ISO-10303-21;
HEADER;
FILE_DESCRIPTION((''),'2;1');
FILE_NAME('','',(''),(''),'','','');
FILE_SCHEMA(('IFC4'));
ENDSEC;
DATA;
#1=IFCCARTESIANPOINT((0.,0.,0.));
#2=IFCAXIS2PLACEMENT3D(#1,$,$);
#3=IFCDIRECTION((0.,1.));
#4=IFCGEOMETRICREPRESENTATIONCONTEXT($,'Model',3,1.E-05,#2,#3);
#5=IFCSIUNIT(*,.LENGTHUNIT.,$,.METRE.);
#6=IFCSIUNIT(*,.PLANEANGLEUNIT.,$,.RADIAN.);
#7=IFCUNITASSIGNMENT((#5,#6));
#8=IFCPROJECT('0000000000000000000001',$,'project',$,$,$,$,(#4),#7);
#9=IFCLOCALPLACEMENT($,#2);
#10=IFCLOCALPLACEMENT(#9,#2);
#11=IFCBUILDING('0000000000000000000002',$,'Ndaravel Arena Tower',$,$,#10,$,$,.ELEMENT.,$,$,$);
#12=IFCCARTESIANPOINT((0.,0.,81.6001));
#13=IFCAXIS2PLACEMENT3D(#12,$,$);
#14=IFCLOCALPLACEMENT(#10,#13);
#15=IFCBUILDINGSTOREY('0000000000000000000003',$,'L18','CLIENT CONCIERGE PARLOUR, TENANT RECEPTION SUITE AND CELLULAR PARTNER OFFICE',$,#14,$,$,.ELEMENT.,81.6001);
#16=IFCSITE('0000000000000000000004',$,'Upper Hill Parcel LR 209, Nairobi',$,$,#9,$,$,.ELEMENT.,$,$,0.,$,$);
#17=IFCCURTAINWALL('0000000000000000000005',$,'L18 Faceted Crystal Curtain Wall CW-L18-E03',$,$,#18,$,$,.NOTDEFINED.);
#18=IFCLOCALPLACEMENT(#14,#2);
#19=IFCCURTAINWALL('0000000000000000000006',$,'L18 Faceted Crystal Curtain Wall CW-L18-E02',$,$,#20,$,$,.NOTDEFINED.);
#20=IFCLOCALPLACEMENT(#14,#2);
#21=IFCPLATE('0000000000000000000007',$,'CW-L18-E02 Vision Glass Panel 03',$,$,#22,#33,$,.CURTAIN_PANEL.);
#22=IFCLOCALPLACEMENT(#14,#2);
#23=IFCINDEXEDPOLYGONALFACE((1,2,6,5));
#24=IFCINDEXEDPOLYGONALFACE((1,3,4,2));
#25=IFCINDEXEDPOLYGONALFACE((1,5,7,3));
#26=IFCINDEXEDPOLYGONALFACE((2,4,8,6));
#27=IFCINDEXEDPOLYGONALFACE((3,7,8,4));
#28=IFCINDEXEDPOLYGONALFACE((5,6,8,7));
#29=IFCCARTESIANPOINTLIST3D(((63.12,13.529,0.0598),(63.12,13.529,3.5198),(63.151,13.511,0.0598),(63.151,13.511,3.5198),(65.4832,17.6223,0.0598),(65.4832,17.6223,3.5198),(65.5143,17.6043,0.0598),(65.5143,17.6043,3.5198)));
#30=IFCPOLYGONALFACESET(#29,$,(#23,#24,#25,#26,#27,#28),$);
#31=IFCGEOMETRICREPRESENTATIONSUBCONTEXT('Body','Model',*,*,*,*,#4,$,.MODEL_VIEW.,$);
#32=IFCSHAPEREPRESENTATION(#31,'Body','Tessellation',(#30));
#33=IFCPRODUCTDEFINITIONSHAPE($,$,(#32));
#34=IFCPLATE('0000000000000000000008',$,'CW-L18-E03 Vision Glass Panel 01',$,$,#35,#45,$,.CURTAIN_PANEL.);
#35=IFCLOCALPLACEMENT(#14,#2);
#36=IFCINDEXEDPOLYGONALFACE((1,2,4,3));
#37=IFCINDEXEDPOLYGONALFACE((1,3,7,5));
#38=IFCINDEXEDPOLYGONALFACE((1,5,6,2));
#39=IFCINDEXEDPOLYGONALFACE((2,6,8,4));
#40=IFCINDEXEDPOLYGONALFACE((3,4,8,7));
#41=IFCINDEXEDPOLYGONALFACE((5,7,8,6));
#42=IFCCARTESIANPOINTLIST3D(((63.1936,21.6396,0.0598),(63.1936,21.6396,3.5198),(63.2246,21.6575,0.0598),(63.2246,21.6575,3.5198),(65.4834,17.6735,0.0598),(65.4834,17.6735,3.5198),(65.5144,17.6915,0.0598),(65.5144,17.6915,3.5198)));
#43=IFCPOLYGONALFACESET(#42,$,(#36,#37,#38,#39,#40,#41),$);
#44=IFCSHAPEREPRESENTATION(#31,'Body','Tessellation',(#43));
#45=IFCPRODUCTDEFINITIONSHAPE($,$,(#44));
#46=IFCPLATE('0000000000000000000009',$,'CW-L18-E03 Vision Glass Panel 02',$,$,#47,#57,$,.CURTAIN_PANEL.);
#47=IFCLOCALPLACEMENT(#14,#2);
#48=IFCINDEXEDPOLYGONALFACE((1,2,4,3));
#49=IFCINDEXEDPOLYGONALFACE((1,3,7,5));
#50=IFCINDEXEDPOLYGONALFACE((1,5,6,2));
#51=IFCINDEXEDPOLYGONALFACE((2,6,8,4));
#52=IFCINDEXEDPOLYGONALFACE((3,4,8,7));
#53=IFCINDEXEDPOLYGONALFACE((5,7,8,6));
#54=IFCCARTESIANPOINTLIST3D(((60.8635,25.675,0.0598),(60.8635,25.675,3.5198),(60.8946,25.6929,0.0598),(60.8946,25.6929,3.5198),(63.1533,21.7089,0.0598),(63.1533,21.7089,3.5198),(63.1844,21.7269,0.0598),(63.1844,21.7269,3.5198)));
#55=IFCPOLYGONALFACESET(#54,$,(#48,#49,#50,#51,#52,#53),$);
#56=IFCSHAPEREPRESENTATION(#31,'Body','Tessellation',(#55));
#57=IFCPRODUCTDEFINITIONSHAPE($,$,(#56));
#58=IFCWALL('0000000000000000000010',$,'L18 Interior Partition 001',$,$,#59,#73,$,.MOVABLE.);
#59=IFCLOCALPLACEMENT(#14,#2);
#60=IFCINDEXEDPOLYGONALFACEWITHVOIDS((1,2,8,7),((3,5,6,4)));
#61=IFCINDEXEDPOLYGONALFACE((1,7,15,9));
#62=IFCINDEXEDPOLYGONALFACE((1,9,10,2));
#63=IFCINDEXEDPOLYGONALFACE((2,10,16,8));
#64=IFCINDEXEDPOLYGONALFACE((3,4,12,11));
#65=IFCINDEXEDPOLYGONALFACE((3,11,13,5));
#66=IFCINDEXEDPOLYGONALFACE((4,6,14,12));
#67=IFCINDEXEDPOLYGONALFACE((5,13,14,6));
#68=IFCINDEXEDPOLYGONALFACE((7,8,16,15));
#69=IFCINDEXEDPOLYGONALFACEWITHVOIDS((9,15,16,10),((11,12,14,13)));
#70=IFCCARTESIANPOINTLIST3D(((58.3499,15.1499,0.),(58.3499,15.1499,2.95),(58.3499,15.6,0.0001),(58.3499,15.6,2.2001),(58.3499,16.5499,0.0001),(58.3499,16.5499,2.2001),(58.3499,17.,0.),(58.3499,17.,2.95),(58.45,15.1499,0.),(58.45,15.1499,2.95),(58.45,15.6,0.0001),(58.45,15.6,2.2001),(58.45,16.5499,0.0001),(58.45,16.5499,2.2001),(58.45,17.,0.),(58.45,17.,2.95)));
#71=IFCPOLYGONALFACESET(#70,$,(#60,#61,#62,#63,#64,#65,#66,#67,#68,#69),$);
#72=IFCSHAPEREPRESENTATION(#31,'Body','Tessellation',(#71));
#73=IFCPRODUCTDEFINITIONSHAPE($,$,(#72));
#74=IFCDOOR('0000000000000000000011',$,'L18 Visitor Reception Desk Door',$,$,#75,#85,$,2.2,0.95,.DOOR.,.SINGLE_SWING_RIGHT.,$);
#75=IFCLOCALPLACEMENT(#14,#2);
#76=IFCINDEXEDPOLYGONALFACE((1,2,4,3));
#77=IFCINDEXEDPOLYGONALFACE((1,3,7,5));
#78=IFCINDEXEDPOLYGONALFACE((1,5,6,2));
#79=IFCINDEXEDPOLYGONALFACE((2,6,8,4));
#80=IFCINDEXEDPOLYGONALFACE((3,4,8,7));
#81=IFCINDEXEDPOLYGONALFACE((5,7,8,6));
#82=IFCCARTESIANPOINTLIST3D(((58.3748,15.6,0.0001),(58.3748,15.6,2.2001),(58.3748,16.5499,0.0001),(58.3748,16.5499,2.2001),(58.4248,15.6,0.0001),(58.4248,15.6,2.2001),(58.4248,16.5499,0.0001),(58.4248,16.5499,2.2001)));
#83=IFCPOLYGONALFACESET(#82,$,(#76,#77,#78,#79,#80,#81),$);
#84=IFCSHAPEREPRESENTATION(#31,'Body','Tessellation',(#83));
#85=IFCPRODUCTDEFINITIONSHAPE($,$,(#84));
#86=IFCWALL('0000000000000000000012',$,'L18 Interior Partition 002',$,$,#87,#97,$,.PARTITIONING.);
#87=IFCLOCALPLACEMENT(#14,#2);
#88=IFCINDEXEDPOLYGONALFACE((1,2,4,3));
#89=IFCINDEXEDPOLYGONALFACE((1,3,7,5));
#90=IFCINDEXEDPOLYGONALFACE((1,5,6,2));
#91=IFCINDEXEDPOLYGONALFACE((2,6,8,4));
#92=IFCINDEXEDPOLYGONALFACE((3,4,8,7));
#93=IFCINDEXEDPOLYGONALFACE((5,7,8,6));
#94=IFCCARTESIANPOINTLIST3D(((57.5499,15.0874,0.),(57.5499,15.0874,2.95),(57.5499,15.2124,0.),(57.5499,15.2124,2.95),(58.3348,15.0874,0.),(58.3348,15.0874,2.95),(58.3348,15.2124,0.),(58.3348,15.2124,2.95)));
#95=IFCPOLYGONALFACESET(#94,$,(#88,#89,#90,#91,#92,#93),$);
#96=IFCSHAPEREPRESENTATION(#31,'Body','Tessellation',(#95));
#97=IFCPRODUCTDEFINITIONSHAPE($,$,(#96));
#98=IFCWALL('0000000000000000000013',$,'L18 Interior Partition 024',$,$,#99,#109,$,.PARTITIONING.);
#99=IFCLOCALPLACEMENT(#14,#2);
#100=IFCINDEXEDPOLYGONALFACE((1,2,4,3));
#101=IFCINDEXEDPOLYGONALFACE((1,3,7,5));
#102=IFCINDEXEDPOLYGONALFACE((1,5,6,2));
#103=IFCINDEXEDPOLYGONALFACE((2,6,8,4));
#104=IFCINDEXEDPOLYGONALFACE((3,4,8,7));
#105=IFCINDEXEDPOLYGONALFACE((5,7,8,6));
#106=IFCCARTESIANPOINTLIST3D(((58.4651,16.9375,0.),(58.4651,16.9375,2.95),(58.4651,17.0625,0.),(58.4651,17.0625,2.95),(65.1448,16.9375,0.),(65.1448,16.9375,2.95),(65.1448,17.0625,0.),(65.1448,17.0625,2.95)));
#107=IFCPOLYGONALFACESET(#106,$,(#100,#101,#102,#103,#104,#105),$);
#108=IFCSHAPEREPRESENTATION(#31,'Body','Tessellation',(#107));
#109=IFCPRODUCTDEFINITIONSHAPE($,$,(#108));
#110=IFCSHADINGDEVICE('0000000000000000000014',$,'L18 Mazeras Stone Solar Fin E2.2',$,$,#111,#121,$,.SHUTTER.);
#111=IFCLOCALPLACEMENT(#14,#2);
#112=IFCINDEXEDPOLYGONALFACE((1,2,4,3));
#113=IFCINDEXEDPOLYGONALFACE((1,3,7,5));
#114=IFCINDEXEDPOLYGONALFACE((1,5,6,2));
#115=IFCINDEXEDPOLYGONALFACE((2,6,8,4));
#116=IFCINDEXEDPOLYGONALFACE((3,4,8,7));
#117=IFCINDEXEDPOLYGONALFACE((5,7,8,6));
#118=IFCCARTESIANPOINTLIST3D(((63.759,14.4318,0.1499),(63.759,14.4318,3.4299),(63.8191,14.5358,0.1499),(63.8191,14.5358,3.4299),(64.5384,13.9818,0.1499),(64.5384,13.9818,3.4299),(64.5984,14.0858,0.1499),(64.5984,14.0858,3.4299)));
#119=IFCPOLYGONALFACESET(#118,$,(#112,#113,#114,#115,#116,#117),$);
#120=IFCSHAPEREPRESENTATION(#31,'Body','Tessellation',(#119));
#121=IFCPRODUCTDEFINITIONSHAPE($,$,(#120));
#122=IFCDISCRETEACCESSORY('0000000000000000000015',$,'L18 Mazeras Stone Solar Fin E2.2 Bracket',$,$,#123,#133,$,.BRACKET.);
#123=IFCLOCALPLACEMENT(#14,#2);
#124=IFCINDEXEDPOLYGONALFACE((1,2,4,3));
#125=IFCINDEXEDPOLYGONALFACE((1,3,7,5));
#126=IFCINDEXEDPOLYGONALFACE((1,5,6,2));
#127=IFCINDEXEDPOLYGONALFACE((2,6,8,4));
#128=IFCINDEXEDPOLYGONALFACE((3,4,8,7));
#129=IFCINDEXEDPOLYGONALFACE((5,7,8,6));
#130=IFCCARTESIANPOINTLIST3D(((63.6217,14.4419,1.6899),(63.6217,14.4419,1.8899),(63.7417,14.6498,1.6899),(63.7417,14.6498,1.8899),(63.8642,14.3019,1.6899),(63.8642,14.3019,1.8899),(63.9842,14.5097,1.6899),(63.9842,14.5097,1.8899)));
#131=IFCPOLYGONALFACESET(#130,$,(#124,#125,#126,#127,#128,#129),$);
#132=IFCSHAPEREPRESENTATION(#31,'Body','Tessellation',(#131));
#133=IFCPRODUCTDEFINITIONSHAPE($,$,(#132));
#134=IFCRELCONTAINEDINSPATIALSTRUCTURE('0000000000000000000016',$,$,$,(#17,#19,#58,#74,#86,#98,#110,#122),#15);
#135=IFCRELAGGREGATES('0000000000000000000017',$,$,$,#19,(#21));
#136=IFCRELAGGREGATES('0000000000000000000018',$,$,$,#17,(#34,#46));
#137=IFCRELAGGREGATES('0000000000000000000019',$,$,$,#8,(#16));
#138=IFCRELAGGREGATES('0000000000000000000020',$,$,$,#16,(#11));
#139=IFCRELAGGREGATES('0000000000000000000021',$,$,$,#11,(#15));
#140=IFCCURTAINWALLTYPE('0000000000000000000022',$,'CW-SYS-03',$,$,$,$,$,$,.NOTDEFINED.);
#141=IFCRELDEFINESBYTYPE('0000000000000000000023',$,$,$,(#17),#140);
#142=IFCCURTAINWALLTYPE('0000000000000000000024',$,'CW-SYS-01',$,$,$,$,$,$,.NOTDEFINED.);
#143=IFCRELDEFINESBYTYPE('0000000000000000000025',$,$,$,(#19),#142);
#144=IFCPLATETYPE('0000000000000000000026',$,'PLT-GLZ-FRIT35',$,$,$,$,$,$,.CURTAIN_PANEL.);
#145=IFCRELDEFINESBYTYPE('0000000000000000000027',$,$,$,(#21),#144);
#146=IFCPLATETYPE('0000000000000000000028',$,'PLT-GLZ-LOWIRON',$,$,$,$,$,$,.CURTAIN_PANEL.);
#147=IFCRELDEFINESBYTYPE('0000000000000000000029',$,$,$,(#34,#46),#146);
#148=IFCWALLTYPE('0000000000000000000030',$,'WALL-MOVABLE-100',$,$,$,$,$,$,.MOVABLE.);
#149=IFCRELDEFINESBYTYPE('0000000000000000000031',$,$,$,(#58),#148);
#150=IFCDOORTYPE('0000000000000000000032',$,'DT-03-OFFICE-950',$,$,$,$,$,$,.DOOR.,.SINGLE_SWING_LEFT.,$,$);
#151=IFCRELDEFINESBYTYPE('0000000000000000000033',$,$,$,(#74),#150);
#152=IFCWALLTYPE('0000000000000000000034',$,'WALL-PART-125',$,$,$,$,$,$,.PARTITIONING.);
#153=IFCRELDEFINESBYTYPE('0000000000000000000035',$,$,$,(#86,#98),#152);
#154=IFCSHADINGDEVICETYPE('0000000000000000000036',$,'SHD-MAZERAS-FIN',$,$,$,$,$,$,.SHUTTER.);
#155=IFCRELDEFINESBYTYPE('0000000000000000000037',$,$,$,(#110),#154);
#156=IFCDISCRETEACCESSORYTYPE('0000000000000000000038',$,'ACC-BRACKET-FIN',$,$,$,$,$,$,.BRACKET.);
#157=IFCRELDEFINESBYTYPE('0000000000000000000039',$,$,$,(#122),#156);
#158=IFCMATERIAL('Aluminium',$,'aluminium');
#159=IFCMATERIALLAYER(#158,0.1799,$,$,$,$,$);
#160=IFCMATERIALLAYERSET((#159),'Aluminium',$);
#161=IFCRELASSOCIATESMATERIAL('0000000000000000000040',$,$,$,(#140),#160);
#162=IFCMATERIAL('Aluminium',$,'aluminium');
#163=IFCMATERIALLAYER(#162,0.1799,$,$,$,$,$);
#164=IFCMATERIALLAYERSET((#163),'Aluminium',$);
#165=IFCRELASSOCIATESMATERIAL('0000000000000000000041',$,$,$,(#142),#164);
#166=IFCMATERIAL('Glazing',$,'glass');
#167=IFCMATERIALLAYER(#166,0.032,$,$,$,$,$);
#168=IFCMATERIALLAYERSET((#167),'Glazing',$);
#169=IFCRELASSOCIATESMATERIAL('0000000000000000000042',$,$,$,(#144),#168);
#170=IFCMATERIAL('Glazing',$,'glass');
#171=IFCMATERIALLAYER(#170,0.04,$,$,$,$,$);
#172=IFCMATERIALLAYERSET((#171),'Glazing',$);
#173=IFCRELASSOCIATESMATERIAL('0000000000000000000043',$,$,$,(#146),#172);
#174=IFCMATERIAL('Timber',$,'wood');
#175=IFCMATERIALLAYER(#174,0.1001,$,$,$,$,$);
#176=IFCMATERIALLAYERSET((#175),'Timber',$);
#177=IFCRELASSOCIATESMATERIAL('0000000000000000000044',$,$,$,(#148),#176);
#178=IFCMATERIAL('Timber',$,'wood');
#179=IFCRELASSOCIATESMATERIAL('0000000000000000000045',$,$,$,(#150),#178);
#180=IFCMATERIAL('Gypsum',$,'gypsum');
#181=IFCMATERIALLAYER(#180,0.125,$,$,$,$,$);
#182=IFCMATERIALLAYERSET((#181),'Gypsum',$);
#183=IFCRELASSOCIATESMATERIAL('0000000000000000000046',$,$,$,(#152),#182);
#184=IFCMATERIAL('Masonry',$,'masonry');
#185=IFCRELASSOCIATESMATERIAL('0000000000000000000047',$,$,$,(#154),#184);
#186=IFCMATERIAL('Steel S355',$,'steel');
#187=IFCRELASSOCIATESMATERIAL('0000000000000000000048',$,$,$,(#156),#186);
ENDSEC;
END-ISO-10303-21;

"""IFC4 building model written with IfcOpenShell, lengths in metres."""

from ifc_helpers import new_model, si_unit, direction, frame, frame_2d, origin, origin_2d, place, context, subcontext, project, spatial, rectangle, extrude, material, layer, layer_set, type_object, element, fill, aggregate, save


model = new_model("IFC4")

# Units and contexts
model_context = context("Model", 3, precision=1e-05, world=origin(), true_north=direction((0.0, 1.0)))
body_context = subcontext(model_context, "Body", "Model", "MODEL_VIEW")
ifc_project = project(units=[si_unit("LENGTHUNIT", "METRE"), si_unit("PLANEANGLEUNIT", "RADIAN")], contexts=[model_context])

# Site, building, storey
site_placement = place(None, origin())
site = spatial("IfcSite", under=ifc_project, at=site_placement, Name="Upper Hill Parcel LR 209, Nairobi", CompositionType="ELEMENT", RefElevation=0.0)
building_placement = place(site_placement, origin())
building = spatial("IfcBuilding", under=site, at=building_placement, Name="Ndaravel Arena Tower", CompositionType="ELEMENT")
storey_placement = place(building_placement, frame((0.0, 0.0, 81.6001)))
storey = spatial("IfcBuildingStorey", under=building, at=storey_placement, Name="L18", Description="CLIENT CONCIERGE PARLOUR, TENANT RECEPTION SUITE AND CELLULAR PARTNER OFFICE", CompositionType="ELEMENT", Elevation=81.6001)

# Curtain wall
ifc_material_1 = material(Name="Aluminium", Category="aluminium")
ifc_layer_1 = layer(ifc_material_1, 0.1799)
ifc_layer_set_1 = layer_set([ifc_layer_1], Name="Aluminium")
curtain_wall_type_1 = type_object("IfcCurtainWallType", Name="CW-SYS-03", PredefinedType="NOTDEFINED", material=ifc_layer_set_1)
curtain_wall_1_placement = place(storey_placement, origin())
curtain_wall_1 = element("IfcCurtainWall", 1, at=curtain_wall_1_placement, inside=storey, type_object=curtain_wall_type_1, Name="L18 Faceted Crystal Curtain Wall CW-L18-E03", PredefinedType="NOTDEFINED")

# Curtain wall, plate
ifc_material_2 = material(Name="Aluminium", Category="aluminium")
ifc_layer_2 = layer(ifc_material_2, 0.1799)
ifc_layer_set_2 = layer_set([ifc_layer_2], Name="Aluminium")
curtain_wall_type_2 = type_object("IfcCurtainWallType", Name="CW-SYS-01", PredefinedType="NOTDEFINED", material=ifc_layer_set_2)
curtain_wall_2_placement = place(storey_placement, origin())
curtain_wall_2 = element("IfcCurtainWall", 2, at=curtain_wall_2_placement, inside=storey, type_object=curtain_wall_type_2, Name="L18 Faceted Crystal Curtain Wall CW-L18-E02", PredefinedType="NOTDEFINED")
ifc_material_3 = material(Name="Glazing", Category="glass")
ifc_layer_3 = layer(ifc_material_3, 0.032)
ifc_layer_set_3 = layer_set([ifc_layer_3], Name="Glazing")
plate_type_1 = type_object("IfcPlateType", Name="PLT-GLZ-FRIT35", PredefinedType="CURTAIN_PANEL", material=ifc_layer_set_3)
plate_1_placement = place(storey_placement, frame((64.3171, 15.5667, 0.0598), z_axis=(0.0, 0.0, 1.0), x_axis=(0.5, 0.866025, 0.0)))
plate_1 = element("IfcPlate", 3, at=plate_1_placement, type_object=plate_type_1, Name="CW-L18-E02 Vision Glass Panel 03", PredefinedType="CURTAIN_PANEL", context=body_context, shape_type="SweptSolid", body=[
    extrude(rectangle(XDim=4.7266, YDim=0.0359, at=origin_2d()), origin(), (0.0, 0.0, 1.0), 3.46),
])
aggregate(curtain_wall_2, [plate_1])

# Plates
ifc_material_4 = material(Name="Glazing", Category="glass")
ifc_layer_4 = layer(ifc_material_4, 0.04)
ifc_layer_set_4 = layer_set([ifc_layer_4], Name="Glazing")
plate_type_2 = type_object("IfcPlateType", Name="PLT-GLZ-LOWIRON", PredefinedType="CURTAIN_PANEL", material=ifc_layer_set_4)
plate_2_placement = place(storey_placement, frame((64.354, 19.6655, 0.0598), z_axis=(0.0, 0.0, 1.0), x_axis=(-0.5, 0.866025, 0.0)))
plate_2 = element("IfcPlate", 4, at=plate_2_placement, type_object=plate_type_2, Name="CW-L18-E03 Vision Glass Panel 01", PredefinedType="CURTAIN_PANEL", context=body_context, shape_type="SweptSolid", body=[
    extrude(rectangle(XDim=4.5796, YDim=0.0359, at=origin_2d()), origin(), (0.0, 0.0, 1.0), 3.46),
])
plate_3_placement = place(storey_placement, frame((62.0239, 23.7009, 0.0598), z_axis=(0.0, 0.0, 1.0), x_axis=(-0.5, 0.866025, 0.0)))
plate_3 = element("IfcPlate", 5, at=plate_3_placement, type_object=plate_type_2, Name="CW-L18-E03 Vision Glass Panel 02", PredefinedType="CURTAIN_PANEL", context=body_context, shape_type="SweptSolid", body=[
    extrude(rectangle(XDim=4.5796, YDim=0.0359, at=origin_2d()), origin(), (0.0, 0.0, 1.0), 3.46),
])
aggregate(curtain_wall_1, [plate_2, plate_3])

# Wall, opening, door
ifc_material_5 = material(Name="Timber", Category="wood")
ifc_layer_5 = layer(ifc_material_5, 0.1001)
ifc_layer_set_5 = layer_set([ifc_layer_5], Name="Timber")
wall_type_1 = type_object("IfcWallType", Name="WALL-MOVABLE-100", PredefinedType="MOVABLE", material=ifc_layer_set_5)
wall_1_placement = place(storey_placement, frame((58.3999, 17.0, 0.0), z_axis=(0.0, 0.0, 1.0), x_axis=(0.0, -1.0, 0.0)))
wall_1 = element("IfcWall", 6, at=wall_1_placement, inside=storey, type_object=wall_type_1, Name="L18 Interior Partition 001", PredefinedType="MOVABLE", context=body_context, shape_type="SweptSolid", body=[
    extrude(rectangle(XDim=1.8501, YDim=0.1001, at=frame_2d((0.925, 0.0))), origin(), (0.0, 0.0, 1.0), 2.95),
])
opening_placement = place(wall_1_placement, frame((0.45, 0.0, 0.0)))
opening = element("IfcOpeningElement", 7, at=opening_placement, cuts=wall_1, PredefinedType="OPENING", context=body_context, shape_type="SweptSolid", body=[
    extrude(rectangle(XDim=0.95, YDim=2.2, at=frame_2d((0.4751, 1.1001))), frame((0.0, 0.05, 0.0), z_axis=(0.0, -1.0, 0.0), x_axis=(1.0, 0.0, 0.0)), (0.0, 0.0, 1.0), 0.1001),
])
ifc_material_6 = material(Name="Timber", Category="wood")
door_type = type_object("IfcDoorType", Name="DT-03-OFFICE-950", OperationType="SINGLE_SWING_LEFT", PredefinedType="DOOR", material=ifc_material_6)
door_placement = place(opening_placement, origin())
door = element("IfcDoor", 8, at=door_placement, inside=storey, type_object=door_type, Name="L18 Visitor Reception Desk Door", OperationType="SINGLE_SWING_RIGHT", OverallHeight=2.2, OverallWidth=0.95, PredefinedType="DOOR", context=body_context, shape_type="SweptSolid", body=[
    extrude(rectangle(XDim=0.95, YDim=2.2, at=frame_2d((0.4751, 1.1001))), frame((0.0, 0.0249, 0.0), z_axis=(0.0, -1.0, 0.0), x_axis=(1.0, 0.0, 0.0)), (0.0, 0.0, 1.0), 0.05),
])
fill(opening, door)

# Walls
ifc_material_7 = material(Name="Gypsum", Category="gypsum")
ifc_layer_6 = layer(ifc_material_7, 0.125)
ifc_layer_set_6 = layer_set([ifc_layer_6], Name="Gypsum")
wall_type_2 = type_object("IfcWallType", Name="WALL-PART-125", PredefinedType="PARTITIONING", material=ifc_layer_set_6)
wall_2_placement = place(storey_placement, frame((58.335, 15.1499, 0.0), z_axis=(0.0, 0.0, 1.0), x_axis=(-1.0, 0.0, 0.0)))
element("IfcWall", 9, at=wall_2_placement, inside=storey, type_object=wall_type_2, Name="L18 Interior Partition 002", PredefinedType="PARTITIONING", context=body_context, shape_type="SweptSolid", body=[
    extrude(rectangle(XDim=0.7849, YDim=0.125, at=frame_2d((0.3926, 0.0))), origin(), (0.0, 0.0, 1.0), 2.95),
])
wall_3_placement = place(storey_placement, frame((58.4651, 17.0, 0.0), z_axis=(0.0, 0.0, 1.0), x_axis=(1.0, 0.0, 0.0)))
element("IfcWall", 10, at=wall_3_placement, inside=storey, type_object=wall_type_2, Name="L18 Interior Partition 024", PredefinedType="PARTITIONING", context=body_context, shape_type="SweptSolid", body=[
    extrude(rectangle(XDim=6.6797, YDim=0.125, at=frame_2d((3.3398, 0.0))), origin(), (0.0, 0.0, 1.0), 2.95),
])

# Shading device
ifc_material_8 = material(Name="Masonry", Category="masonry")
shading_device_type = type_object("IfcShadingDeviceType", Name="SHD-MAZERAS-FIN", PredefinedType="SHUTTER", material=ifc_material_8)
shading_device_placement = place(storey_placement, frame((64.1787, 14.2588, 0.1499), z_axis=(0.0, 0.0, 1.0), x_axis=(0.866025, -0.5, 0.0)))
element("IfcShadingDevice", 11, at=shading_device_placement, inside=storey, type_object=shading_device_type, Name="L18 Mazeras Stone Solar Fin E2.2", PredefinedType="SHUTTER", context=body_context, shape_type="SweptSolid", body=[
    extrude(rectangle(XDim=0.8999, YDim=0.1201, at=origin_2d()), origin(), (0.0, 0.0, 1.0), 3.28),
])

# Discrete accessory
ifc_material_9 = material(Name="Steel S355", Category="steel")
discrete_accessory_type = type_object("IfcDiscreteAccessoryType", Name="ACC-BRACKET-FIN", PredefinedType="BRACKET", material=ifc_material_9)
discrete_accessory_placement = place(storey_placement, frame((63.803, 14.4758, 1.6899), z_axis=(0.0, 0.0, 1.0), x_axis=(0.866025, -0.5, 0.0)))
element("IfcDiscreteAccessory", 12, at=discrete_accessory_placement, inside=storey, type_object=discrete_accessory_type, Name="L18 Mazeras Stone Solar Fin E2.2 Bracket", PredefinedType="BRACKET", context=body_context, shape_type="SweptSolid", body=[
    extrude(rectangle(XDim=0.28, YDim=0.24, at=origin_2d()), origin(), (0.0, 0.0, 1.0), 0.2),
])

save(model, "model.ifc")
